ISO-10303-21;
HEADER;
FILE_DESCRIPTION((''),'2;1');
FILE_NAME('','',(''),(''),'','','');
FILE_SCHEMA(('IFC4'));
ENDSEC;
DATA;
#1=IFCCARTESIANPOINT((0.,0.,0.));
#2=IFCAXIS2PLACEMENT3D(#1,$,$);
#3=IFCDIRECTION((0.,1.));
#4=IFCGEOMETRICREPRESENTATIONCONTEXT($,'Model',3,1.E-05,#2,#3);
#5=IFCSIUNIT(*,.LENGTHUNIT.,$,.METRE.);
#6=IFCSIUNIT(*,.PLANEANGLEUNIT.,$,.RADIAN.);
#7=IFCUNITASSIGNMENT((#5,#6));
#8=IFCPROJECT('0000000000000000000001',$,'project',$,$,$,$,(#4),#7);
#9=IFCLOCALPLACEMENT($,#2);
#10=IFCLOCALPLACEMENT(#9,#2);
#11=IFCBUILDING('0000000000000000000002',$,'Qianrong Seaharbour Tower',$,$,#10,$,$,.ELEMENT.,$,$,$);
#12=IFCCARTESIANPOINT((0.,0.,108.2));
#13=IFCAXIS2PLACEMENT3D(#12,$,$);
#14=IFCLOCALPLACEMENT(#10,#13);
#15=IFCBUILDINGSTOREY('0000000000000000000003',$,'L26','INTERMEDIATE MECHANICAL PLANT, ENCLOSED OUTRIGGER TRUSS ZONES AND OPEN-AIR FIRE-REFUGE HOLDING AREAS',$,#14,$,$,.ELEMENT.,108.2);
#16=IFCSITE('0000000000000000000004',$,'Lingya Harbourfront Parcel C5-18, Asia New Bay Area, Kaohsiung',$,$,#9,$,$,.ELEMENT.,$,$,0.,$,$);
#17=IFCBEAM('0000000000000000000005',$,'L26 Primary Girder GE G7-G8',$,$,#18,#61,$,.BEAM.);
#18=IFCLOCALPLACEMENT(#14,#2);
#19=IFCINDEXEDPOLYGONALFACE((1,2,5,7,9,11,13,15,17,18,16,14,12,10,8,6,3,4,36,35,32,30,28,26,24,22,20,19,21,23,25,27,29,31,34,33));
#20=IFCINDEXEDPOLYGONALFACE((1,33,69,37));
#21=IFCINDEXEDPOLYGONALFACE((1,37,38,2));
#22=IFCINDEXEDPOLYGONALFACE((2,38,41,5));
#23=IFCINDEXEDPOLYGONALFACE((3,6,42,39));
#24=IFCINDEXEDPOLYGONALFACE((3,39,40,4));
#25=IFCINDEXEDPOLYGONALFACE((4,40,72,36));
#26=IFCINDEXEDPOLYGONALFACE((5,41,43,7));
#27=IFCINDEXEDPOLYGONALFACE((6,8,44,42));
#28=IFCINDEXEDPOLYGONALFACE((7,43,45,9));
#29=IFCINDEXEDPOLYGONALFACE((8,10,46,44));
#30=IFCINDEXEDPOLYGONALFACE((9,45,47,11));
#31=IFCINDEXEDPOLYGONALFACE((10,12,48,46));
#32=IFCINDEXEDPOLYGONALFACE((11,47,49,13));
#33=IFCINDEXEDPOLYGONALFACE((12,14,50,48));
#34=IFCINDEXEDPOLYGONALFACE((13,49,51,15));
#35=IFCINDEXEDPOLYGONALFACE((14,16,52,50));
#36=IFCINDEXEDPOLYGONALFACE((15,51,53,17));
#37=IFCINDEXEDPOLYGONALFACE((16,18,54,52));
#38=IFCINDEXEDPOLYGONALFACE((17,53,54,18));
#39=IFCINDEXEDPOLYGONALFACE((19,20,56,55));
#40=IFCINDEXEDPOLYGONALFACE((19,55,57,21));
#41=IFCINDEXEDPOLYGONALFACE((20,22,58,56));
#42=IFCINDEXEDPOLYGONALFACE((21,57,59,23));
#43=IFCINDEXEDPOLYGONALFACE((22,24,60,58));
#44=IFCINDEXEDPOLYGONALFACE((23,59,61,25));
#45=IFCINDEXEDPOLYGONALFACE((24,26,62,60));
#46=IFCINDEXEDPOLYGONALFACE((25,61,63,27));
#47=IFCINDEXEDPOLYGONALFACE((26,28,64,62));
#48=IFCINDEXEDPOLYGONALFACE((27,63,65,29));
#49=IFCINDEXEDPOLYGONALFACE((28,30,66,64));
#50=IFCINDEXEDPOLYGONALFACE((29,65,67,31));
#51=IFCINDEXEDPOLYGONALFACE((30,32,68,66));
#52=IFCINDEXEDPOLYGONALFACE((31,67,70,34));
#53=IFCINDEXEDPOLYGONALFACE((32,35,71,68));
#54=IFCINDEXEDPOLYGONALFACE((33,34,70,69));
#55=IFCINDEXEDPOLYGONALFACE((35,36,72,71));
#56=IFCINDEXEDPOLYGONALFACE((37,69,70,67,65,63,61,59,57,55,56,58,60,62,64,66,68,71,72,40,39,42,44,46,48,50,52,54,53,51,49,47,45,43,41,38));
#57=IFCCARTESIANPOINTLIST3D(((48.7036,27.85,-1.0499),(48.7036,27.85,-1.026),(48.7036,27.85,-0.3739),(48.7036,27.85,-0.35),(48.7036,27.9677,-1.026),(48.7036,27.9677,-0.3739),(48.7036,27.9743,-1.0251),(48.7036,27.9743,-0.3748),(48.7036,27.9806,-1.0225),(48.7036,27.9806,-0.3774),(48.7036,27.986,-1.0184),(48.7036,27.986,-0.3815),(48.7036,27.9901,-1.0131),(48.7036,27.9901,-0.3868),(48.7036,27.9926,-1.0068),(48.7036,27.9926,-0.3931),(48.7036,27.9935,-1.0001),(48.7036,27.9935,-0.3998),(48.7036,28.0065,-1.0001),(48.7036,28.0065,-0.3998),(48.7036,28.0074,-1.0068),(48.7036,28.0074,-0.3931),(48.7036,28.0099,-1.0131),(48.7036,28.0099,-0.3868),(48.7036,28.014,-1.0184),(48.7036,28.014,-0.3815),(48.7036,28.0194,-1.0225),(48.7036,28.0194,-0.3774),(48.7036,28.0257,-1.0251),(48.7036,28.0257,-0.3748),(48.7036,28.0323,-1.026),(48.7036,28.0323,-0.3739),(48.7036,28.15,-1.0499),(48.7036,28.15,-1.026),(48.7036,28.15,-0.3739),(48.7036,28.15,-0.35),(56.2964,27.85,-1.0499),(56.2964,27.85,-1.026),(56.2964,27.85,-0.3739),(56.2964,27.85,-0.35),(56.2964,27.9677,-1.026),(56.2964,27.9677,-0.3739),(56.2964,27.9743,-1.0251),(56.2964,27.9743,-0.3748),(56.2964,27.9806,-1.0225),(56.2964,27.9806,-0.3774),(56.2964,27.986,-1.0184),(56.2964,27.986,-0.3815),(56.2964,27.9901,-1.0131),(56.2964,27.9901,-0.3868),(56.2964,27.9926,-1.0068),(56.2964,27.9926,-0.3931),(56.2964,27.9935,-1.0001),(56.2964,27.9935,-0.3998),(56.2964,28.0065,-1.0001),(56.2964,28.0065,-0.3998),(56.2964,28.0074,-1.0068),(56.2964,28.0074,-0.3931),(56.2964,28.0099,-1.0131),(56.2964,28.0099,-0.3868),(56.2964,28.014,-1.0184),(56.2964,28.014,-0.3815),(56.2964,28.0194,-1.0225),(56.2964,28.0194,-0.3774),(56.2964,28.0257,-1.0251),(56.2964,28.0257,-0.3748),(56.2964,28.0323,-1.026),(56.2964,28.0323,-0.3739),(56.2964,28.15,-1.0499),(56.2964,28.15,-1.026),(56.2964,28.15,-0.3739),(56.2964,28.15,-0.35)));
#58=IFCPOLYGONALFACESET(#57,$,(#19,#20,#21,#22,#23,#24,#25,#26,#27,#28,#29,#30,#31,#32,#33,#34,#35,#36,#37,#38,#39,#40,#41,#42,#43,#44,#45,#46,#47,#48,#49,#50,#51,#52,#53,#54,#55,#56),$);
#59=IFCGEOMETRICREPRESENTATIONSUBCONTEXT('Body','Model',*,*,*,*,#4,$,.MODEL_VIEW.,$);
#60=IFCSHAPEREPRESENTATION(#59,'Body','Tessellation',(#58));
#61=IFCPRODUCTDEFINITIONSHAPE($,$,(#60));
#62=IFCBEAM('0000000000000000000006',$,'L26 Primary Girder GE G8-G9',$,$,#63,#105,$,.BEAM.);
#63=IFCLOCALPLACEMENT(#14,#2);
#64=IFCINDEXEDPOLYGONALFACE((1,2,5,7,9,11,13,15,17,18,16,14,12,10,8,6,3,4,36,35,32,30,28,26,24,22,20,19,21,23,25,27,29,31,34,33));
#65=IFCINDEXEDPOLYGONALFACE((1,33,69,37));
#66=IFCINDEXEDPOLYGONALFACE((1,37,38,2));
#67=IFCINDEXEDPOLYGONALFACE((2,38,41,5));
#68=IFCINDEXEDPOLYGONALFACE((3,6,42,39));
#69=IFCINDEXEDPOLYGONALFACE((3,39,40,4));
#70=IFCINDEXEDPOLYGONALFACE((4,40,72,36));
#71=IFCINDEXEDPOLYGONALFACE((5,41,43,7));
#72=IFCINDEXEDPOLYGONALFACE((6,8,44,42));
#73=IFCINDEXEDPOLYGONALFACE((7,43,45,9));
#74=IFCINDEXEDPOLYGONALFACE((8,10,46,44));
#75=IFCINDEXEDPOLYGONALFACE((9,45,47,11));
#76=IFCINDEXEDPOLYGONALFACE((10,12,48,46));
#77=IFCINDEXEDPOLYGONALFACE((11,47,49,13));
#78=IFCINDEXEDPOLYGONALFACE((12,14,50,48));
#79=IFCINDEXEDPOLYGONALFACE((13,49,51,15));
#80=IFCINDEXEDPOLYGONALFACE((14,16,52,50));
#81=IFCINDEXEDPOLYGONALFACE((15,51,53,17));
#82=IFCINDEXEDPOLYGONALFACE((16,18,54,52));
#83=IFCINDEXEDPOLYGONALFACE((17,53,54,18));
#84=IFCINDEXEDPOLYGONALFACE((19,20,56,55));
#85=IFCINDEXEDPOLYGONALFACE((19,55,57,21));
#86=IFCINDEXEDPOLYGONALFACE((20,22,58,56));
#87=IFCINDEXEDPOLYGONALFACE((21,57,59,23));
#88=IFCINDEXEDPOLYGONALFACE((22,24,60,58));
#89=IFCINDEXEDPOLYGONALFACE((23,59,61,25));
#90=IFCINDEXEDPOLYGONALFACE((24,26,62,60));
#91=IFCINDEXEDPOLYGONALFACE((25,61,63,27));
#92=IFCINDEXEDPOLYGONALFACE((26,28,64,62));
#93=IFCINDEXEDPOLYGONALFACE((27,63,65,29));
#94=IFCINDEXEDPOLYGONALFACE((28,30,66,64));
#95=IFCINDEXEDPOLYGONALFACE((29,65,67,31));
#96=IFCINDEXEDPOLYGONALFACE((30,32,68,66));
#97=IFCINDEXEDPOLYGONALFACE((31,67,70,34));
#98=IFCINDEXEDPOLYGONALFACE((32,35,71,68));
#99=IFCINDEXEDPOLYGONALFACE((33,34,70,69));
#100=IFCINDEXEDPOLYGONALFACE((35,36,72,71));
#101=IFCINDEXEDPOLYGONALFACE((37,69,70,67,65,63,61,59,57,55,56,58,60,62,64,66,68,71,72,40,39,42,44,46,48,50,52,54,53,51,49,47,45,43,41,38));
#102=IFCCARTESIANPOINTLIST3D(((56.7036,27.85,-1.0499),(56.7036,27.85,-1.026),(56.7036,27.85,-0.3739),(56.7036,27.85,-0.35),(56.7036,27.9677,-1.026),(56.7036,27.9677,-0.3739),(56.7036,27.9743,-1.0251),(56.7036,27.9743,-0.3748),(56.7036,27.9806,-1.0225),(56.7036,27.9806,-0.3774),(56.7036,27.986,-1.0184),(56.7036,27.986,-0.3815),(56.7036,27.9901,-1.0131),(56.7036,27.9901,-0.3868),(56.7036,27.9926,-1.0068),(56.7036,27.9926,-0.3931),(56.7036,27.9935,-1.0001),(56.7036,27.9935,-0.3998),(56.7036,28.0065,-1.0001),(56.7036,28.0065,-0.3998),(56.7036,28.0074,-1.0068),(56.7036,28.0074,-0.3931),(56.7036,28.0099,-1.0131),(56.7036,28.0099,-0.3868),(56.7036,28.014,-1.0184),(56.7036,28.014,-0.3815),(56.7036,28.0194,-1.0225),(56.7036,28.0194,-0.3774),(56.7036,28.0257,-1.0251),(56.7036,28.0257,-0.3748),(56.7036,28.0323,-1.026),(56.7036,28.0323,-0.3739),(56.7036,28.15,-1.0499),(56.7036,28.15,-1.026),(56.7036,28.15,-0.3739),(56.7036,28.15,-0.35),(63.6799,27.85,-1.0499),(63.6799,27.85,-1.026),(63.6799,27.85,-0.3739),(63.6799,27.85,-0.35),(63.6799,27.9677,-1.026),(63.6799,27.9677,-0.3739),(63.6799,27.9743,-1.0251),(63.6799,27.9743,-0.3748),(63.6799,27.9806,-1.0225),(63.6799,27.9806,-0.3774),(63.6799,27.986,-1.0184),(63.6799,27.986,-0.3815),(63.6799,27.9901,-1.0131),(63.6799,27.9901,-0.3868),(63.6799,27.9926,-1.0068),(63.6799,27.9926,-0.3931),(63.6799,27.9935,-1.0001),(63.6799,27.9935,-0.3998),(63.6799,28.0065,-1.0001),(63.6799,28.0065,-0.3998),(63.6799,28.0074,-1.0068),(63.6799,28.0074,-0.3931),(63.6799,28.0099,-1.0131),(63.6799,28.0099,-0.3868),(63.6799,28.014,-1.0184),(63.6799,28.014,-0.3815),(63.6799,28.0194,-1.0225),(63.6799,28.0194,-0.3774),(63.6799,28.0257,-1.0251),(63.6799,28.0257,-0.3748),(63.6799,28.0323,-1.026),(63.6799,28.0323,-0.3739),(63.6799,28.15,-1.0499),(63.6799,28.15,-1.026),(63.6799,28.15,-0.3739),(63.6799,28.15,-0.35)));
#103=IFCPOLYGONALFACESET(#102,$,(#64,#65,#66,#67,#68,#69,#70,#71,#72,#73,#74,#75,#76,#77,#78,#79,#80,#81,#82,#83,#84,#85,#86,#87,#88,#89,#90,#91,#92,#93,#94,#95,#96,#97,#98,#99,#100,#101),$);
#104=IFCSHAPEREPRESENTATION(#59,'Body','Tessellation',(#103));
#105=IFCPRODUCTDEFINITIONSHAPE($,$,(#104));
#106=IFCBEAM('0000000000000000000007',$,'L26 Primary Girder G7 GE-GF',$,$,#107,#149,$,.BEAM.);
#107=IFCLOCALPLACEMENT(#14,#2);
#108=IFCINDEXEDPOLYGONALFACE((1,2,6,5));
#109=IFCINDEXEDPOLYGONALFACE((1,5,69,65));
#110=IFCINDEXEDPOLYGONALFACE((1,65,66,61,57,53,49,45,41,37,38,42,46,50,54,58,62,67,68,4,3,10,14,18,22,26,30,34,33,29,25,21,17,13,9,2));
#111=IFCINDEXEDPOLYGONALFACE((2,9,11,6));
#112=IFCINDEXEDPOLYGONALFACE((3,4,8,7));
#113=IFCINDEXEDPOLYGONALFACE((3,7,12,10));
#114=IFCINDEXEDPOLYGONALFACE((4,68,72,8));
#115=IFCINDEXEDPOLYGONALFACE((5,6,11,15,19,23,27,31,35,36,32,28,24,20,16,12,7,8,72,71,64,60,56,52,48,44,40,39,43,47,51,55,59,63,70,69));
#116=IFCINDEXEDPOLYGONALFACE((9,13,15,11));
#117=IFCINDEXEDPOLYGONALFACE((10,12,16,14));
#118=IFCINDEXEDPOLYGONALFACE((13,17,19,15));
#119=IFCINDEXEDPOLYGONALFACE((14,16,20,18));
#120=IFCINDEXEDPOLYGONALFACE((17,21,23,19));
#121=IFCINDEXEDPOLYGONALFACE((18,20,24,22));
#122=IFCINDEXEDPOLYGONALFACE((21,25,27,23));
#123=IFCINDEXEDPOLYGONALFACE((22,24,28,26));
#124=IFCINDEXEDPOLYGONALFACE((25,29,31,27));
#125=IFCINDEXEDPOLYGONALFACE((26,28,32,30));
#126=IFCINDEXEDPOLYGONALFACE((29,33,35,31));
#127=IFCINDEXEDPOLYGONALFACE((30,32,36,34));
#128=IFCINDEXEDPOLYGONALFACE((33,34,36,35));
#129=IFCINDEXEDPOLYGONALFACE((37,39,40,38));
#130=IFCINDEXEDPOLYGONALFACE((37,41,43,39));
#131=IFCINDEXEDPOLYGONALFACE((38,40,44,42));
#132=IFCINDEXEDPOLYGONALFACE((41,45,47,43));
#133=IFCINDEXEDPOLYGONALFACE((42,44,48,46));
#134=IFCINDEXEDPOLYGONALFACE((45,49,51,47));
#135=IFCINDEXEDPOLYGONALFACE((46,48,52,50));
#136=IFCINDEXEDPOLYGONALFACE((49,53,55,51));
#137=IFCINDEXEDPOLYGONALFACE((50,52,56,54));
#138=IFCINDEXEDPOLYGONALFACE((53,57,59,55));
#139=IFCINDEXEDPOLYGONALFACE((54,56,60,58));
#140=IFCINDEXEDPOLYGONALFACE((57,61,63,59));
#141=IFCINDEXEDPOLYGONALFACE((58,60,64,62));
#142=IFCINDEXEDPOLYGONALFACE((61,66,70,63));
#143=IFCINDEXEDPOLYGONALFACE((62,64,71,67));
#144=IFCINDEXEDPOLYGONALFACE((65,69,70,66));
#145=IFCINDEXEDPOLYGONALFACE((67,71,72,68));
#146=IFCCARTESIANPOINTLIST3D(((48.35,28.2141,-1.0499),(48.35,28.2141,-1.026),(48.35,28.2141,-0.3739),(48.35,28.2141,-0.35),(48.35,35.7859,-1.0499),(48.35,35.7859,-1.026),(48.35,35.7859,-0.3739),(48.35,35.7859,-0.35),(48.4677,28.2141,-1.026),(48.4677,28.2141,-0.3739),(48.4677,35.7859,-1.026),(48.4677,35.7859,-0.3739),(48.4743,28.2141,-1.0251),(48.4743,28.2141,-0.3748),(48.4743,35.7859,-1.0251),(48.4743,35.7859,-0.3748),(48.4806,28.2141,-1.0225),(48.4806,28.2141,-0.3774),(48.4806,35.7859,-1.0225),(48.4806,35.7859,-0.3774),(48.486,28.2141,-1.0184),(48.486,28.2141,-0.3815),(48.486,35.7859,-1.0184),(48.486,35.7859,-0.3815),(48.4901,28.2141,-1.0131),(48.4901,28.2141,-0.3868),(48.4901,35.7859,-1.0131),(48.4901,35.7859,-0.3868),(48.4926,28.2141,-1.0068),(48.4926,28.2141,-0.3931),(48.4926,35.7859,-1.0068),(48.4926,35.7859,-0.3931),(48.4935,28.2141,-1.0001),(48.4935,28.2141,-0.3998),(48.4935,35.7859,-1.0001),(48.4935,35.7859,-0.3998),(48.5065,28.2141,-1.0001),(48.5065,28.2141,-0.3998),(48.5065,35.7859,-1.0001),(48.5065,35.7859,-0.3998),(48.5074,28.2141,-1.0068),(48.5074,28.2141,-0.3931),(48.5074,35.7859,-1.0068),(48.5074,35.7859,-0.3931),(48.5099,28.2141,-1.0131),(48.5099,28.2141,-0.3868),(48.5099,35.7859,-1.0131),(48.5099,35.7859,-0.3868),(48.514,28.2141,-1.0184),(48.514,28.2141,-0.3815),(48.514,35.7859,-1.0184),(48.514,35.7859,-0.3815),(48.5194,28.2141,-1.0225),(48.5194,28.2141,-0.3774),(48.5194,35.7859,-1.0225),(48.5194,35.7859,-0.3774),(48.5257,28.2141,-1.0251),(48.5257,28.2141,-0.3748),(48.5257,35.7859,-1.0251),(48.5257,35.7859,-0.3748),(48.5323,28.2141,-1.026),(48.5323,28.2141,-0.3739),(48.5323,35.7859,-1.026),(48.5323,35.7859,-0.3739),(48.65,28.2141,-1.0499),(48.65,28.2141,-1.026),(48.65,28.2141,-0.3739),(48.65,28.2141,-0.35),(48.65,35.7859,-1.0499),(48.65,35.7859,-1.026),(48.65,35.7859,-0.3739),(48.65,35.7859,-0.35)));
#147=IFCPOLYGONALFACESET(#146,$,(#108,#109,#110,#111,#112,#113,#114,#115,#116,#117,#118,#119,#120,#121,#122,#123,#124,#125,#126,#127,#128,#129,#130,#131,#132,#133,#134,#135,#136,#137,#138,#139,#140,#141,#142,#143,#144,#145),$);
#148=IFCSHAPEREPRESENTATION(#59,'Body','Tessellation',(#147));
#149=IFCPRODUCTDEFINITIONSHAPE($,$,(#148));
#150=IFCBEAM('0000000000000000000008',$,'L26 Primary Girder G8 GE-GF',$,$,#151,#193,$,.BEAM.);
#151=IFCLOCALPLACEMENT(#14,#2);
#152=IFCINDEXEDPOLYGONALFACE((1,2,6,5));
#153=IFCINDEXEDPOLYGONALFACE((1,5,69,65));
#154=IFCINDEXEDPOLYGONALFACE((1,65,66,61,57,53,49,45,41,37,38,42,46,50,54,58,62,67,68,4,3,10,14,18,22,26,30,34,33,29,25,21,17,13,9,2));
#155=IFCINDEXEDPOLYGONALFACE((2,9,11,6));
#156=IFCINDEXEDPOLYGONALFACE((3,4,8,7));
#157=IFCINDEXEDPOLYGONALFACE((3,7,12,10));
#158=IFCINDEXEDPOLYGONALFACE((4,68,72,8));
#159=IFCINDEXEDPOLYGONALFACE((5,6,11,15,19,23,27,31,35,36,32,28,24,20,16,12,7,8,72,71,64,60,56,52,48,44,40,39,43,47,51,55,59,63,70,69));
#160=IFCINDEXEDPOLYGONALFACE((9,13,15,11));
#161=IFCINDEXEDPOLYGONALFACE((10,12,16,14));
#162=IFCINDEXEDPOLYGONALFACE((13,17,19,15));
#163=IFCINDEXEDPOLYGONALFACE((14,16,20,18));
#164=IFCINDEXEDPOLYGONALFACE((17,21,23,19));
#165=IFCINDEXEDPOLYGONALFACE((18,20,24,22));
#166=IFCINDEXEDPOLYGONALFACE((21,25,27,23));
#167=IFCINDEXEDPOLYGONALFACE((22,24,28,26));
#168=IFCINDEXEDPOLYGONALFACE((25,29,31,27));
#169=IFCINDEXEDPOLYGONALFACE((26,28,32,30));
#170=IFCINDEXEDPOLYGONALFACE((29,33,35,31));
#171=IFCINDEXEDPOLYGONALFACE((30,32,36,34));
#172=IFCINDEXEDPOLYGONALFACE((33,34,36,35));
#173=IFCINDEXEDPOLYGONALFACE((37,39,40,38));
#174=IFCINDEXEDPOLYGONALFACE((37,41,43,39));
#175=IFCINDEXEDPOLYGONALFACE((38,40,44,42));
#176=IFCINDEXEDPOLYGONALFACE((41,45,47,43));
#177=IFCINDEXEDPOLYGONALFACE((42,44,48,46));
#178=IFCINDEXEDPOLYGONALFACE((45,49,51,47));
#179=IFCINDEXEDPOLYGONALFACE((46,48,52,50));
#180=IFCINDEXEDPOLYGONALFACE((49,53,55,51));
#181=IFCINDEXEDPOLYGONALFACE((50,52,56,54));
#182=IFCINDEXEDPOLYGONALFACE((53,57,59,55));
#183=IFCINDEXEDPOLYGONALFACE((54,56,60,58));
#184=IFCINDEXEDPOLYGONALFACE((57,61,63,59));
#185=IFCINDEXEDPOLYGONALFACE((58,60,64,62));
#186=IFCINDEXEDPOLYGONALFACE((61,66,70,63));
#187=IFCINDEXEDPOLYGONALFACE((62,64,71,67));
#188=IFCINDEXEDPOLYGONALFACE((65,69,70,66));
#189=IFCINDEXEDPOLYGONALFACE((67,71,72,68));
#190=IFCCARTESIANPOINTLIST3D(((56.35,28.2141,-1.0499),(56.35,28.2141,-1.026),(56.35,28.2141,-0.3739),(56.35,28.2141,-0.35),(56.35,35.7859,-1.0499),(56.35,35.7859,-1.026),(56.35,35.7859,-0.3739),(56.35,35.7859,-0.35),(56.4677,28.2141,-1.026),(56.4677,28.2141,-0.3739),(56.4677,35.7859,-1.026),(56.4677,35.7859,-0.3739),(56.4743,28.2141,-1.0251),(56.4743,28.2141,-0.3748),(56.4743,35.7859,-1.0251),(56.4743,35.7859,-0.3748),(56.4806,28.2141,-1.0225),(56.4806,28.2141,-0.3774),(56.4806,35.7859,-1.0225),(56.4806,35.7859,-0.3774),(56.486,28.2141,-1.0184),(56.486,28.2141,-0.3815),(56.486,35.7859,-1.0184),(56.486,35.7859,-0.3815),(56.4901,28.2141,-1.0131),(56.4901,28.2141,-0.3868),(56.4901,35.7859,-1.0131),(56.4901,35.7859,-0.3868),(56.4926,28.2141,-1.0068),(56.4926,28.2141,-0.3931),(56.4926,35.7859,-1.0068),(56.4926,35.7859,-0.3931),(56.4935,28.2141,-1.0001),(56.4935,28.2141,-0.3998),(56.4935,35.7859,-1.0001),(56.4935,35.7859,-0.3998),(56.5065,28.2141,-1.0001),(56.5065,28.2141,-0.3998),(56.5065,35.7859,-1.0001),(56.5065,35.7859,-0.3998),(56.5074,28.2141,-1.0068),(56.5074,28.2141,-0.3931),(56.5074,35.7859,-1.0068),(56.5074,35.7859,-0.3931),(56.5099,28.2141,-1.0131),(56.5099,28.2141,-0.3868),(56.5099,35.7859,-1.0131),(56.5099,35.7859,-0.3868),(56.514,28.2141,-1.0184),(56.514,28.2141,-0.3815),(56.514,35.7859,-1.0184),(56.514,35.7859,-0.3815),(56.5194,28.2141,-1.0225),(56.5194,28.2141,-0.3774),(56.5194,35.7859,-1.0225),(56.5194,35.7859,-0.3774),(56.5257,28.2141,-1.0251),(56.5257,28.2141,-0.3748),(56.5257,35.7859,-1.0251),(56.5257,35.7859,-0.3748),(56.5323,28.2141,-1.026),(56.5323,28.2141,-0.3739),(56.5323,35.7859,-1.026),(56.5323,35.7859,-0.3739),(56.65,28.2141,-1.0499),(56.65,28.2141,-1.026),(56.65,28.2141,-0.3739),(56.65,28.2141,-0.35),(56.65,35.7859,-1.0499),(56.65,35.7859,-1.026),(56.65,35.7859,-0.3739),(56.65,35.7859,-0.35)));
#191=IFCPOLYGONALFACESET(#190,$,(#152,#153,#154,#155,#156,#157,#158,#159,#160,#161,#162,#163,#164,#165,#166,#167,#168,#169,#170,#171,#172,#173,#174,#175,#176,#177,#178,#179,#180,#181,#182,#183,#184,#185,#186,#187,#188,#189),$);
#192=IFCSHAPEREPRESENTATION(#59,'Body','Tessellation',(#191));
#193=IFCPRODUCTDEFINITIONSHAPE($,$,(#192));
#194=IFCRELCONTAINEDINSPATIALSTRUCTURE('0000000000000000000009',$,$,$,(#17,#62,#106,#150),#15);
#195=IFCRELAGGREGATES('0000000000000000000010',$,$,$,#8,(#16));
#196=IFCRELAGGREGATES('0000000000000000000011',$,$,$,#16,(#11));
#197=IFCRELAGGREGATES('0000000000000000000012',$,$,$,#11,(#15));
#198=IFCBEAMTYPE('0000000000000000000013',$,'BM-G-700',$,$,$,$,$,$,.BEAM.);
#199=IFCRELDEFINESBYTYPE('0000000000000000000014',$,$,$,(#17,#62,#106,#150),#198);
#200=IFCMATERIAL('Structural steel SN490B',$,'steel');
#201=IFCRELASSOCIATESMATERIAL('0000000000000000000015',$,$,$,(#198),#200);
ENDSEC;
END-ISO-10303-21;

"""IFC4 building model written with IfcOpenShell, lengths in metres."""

from ifc_helpers import new_model, si_unit, direction, frame, origin, origin_2d, place, context, subcontext, project, spatial, i_section, extrude, material, material_profile, profile_set, type_object, element, save


model = new_model("IFC4")

# Units and contexts
model_context = context("Model", 3, precision=1e-05, world=origin(), true_north=direction((0.0, 1.0)))
body_context = subcontext(model_context, "Body", "Model", "MODEL_VIEW")
ifc_project = project(units=[si_unit("LENGTHUNIT", "METRE"), si_unit("PLANEANGLEUNIT", "RADIAN")], contexts=[model_context])

# Site, building, storey
site_placement = place(None, origin())
site = spatial("IfcSite", under=ifc_project, at=site_placement, Name="Lingya Harbourfront Parcel C5-18, Asia New Bay Area, Kaohsiung", CompositionType="ELEMENT", RefElevation=0.0)
building_placement = place(site_placement, origin())
building = spatial("IfcBuilding", under=site, at=building_placement, Name="Qianrong Seaharbour Tower", CompositionType="ELEMENT")
storey_placement = place(building_placement, frame((0.0, 0.0, 108.2)))
storey = spatial("IfcBuildingStorey", under=building, at=storey_placement, Name="L26", Description="INTERMEDIATE MECHANICAL PLANT, ENCLOSED OUTRIGGER TRUSS ZONES AND OPEN-AIR FIRE-REFUGE HOLDING AREAS", CompositionType="ELEMENT", Elevation=108.2)

# Shared definitions
ifc_material_1 = material(Name="Structural steel SN490B", Category="steel")

# Beams
ifc_material_profile_1 = material_profile(ifc_material_1, i_section(OverallWidth=0.3, OverallDepth=0.7, WebThickness=0.0129, FlangeThickness=0.0239, FilletRadius=0.0259, at=origin_2d()), Name="H700x300x13x24")
ifc_profile_set_1 = profile_set([ifc_material_profile_1], Name="Structural steel SN490B")
beam_type_1 = type_object("IfcBeamType", Name="BM-G-700", PredefinedType="BEAM", material=ifc_profile_set_1)
beam_1_placement = place(storey_placement, frame((48.7036, 28.0, -0.7), z_axis=(1.0, 0.0, 0.0), x_axis=(0.0, 1.0, 0.0)))
element("IfcBeam", 1, at=beam_1_placement, inside=storey, type_object=beam_type_1, Name="L26 Primary Girder GE G7-G8", PredefinedType="BEAM", context=body_context, shape_type="SweptSolid", body=[
    extrude(i_section(OverallWidth=0.3, OverallDepth=0.7, WebThickness=0.0129, FlangeThickness=0.0239, FilletRadius=0.0259, at=origin_2d()), origin(), (0.0, 0.0, 1.0), 7.5928),
])
beam_2_placement = place(storey_placement, frame((56.7036, 28.0, -0.7), z_axis=(1.0, 0.0, 0.0), x_axis=(0.0, 1.0, 0.0)))
element("IfcBeam", 2, at=beam_2_placement, inside=storey, type_object=beam_type_1, Name="L26 Primary Girder GE G8-G9", PredefinedType="BEAM", context=body_context, shape_type="SweptSolid", body=[
    extrude(i_section(OverallWidth=0.3, OverallDepth=0.7, WebThickness=0.0129, FlangeThickness=0.0239, FilletRadius=0.0259, at=origin_2d()), origin(), (0.0, 0.0, 1.0), 6.9763),
])
for number, where, z_axis, x_axis, name in (
    (3, (48.5, 28.2141, -0.7), (0.0, 1.0, 0.0), (-1.0, 0.0, 0.0), "L26 Primary Girder G7 GE-GF"),
    (4, (56.5, 28.2141, -0.7), (0.0, 1.0, 0.0), (-1.0, 0.0, 0.0), "L26 Primary Girder G8 GE-GF"),
):
    element("IfcBeam", number, at=place(storey_placement, frame(where, z_axis=z_axis, x_axis=x_axis)), inside=storey, type_object=beam_type_1, Name=name, PredefinedType="BEAM", context=body_context, shape_type="SweptSolid", body=[
        extrude(i_section(OverallWidth=0.3, OverallDepth=0.7, WebThickness=0.0129, FlangeThickness=0.0239, FilletRadius=0.0259, at=origin_2d()), origin(), (0.0, 0.0, 1.0), 7.5718),
    ])

save(model, "model.ifc")
